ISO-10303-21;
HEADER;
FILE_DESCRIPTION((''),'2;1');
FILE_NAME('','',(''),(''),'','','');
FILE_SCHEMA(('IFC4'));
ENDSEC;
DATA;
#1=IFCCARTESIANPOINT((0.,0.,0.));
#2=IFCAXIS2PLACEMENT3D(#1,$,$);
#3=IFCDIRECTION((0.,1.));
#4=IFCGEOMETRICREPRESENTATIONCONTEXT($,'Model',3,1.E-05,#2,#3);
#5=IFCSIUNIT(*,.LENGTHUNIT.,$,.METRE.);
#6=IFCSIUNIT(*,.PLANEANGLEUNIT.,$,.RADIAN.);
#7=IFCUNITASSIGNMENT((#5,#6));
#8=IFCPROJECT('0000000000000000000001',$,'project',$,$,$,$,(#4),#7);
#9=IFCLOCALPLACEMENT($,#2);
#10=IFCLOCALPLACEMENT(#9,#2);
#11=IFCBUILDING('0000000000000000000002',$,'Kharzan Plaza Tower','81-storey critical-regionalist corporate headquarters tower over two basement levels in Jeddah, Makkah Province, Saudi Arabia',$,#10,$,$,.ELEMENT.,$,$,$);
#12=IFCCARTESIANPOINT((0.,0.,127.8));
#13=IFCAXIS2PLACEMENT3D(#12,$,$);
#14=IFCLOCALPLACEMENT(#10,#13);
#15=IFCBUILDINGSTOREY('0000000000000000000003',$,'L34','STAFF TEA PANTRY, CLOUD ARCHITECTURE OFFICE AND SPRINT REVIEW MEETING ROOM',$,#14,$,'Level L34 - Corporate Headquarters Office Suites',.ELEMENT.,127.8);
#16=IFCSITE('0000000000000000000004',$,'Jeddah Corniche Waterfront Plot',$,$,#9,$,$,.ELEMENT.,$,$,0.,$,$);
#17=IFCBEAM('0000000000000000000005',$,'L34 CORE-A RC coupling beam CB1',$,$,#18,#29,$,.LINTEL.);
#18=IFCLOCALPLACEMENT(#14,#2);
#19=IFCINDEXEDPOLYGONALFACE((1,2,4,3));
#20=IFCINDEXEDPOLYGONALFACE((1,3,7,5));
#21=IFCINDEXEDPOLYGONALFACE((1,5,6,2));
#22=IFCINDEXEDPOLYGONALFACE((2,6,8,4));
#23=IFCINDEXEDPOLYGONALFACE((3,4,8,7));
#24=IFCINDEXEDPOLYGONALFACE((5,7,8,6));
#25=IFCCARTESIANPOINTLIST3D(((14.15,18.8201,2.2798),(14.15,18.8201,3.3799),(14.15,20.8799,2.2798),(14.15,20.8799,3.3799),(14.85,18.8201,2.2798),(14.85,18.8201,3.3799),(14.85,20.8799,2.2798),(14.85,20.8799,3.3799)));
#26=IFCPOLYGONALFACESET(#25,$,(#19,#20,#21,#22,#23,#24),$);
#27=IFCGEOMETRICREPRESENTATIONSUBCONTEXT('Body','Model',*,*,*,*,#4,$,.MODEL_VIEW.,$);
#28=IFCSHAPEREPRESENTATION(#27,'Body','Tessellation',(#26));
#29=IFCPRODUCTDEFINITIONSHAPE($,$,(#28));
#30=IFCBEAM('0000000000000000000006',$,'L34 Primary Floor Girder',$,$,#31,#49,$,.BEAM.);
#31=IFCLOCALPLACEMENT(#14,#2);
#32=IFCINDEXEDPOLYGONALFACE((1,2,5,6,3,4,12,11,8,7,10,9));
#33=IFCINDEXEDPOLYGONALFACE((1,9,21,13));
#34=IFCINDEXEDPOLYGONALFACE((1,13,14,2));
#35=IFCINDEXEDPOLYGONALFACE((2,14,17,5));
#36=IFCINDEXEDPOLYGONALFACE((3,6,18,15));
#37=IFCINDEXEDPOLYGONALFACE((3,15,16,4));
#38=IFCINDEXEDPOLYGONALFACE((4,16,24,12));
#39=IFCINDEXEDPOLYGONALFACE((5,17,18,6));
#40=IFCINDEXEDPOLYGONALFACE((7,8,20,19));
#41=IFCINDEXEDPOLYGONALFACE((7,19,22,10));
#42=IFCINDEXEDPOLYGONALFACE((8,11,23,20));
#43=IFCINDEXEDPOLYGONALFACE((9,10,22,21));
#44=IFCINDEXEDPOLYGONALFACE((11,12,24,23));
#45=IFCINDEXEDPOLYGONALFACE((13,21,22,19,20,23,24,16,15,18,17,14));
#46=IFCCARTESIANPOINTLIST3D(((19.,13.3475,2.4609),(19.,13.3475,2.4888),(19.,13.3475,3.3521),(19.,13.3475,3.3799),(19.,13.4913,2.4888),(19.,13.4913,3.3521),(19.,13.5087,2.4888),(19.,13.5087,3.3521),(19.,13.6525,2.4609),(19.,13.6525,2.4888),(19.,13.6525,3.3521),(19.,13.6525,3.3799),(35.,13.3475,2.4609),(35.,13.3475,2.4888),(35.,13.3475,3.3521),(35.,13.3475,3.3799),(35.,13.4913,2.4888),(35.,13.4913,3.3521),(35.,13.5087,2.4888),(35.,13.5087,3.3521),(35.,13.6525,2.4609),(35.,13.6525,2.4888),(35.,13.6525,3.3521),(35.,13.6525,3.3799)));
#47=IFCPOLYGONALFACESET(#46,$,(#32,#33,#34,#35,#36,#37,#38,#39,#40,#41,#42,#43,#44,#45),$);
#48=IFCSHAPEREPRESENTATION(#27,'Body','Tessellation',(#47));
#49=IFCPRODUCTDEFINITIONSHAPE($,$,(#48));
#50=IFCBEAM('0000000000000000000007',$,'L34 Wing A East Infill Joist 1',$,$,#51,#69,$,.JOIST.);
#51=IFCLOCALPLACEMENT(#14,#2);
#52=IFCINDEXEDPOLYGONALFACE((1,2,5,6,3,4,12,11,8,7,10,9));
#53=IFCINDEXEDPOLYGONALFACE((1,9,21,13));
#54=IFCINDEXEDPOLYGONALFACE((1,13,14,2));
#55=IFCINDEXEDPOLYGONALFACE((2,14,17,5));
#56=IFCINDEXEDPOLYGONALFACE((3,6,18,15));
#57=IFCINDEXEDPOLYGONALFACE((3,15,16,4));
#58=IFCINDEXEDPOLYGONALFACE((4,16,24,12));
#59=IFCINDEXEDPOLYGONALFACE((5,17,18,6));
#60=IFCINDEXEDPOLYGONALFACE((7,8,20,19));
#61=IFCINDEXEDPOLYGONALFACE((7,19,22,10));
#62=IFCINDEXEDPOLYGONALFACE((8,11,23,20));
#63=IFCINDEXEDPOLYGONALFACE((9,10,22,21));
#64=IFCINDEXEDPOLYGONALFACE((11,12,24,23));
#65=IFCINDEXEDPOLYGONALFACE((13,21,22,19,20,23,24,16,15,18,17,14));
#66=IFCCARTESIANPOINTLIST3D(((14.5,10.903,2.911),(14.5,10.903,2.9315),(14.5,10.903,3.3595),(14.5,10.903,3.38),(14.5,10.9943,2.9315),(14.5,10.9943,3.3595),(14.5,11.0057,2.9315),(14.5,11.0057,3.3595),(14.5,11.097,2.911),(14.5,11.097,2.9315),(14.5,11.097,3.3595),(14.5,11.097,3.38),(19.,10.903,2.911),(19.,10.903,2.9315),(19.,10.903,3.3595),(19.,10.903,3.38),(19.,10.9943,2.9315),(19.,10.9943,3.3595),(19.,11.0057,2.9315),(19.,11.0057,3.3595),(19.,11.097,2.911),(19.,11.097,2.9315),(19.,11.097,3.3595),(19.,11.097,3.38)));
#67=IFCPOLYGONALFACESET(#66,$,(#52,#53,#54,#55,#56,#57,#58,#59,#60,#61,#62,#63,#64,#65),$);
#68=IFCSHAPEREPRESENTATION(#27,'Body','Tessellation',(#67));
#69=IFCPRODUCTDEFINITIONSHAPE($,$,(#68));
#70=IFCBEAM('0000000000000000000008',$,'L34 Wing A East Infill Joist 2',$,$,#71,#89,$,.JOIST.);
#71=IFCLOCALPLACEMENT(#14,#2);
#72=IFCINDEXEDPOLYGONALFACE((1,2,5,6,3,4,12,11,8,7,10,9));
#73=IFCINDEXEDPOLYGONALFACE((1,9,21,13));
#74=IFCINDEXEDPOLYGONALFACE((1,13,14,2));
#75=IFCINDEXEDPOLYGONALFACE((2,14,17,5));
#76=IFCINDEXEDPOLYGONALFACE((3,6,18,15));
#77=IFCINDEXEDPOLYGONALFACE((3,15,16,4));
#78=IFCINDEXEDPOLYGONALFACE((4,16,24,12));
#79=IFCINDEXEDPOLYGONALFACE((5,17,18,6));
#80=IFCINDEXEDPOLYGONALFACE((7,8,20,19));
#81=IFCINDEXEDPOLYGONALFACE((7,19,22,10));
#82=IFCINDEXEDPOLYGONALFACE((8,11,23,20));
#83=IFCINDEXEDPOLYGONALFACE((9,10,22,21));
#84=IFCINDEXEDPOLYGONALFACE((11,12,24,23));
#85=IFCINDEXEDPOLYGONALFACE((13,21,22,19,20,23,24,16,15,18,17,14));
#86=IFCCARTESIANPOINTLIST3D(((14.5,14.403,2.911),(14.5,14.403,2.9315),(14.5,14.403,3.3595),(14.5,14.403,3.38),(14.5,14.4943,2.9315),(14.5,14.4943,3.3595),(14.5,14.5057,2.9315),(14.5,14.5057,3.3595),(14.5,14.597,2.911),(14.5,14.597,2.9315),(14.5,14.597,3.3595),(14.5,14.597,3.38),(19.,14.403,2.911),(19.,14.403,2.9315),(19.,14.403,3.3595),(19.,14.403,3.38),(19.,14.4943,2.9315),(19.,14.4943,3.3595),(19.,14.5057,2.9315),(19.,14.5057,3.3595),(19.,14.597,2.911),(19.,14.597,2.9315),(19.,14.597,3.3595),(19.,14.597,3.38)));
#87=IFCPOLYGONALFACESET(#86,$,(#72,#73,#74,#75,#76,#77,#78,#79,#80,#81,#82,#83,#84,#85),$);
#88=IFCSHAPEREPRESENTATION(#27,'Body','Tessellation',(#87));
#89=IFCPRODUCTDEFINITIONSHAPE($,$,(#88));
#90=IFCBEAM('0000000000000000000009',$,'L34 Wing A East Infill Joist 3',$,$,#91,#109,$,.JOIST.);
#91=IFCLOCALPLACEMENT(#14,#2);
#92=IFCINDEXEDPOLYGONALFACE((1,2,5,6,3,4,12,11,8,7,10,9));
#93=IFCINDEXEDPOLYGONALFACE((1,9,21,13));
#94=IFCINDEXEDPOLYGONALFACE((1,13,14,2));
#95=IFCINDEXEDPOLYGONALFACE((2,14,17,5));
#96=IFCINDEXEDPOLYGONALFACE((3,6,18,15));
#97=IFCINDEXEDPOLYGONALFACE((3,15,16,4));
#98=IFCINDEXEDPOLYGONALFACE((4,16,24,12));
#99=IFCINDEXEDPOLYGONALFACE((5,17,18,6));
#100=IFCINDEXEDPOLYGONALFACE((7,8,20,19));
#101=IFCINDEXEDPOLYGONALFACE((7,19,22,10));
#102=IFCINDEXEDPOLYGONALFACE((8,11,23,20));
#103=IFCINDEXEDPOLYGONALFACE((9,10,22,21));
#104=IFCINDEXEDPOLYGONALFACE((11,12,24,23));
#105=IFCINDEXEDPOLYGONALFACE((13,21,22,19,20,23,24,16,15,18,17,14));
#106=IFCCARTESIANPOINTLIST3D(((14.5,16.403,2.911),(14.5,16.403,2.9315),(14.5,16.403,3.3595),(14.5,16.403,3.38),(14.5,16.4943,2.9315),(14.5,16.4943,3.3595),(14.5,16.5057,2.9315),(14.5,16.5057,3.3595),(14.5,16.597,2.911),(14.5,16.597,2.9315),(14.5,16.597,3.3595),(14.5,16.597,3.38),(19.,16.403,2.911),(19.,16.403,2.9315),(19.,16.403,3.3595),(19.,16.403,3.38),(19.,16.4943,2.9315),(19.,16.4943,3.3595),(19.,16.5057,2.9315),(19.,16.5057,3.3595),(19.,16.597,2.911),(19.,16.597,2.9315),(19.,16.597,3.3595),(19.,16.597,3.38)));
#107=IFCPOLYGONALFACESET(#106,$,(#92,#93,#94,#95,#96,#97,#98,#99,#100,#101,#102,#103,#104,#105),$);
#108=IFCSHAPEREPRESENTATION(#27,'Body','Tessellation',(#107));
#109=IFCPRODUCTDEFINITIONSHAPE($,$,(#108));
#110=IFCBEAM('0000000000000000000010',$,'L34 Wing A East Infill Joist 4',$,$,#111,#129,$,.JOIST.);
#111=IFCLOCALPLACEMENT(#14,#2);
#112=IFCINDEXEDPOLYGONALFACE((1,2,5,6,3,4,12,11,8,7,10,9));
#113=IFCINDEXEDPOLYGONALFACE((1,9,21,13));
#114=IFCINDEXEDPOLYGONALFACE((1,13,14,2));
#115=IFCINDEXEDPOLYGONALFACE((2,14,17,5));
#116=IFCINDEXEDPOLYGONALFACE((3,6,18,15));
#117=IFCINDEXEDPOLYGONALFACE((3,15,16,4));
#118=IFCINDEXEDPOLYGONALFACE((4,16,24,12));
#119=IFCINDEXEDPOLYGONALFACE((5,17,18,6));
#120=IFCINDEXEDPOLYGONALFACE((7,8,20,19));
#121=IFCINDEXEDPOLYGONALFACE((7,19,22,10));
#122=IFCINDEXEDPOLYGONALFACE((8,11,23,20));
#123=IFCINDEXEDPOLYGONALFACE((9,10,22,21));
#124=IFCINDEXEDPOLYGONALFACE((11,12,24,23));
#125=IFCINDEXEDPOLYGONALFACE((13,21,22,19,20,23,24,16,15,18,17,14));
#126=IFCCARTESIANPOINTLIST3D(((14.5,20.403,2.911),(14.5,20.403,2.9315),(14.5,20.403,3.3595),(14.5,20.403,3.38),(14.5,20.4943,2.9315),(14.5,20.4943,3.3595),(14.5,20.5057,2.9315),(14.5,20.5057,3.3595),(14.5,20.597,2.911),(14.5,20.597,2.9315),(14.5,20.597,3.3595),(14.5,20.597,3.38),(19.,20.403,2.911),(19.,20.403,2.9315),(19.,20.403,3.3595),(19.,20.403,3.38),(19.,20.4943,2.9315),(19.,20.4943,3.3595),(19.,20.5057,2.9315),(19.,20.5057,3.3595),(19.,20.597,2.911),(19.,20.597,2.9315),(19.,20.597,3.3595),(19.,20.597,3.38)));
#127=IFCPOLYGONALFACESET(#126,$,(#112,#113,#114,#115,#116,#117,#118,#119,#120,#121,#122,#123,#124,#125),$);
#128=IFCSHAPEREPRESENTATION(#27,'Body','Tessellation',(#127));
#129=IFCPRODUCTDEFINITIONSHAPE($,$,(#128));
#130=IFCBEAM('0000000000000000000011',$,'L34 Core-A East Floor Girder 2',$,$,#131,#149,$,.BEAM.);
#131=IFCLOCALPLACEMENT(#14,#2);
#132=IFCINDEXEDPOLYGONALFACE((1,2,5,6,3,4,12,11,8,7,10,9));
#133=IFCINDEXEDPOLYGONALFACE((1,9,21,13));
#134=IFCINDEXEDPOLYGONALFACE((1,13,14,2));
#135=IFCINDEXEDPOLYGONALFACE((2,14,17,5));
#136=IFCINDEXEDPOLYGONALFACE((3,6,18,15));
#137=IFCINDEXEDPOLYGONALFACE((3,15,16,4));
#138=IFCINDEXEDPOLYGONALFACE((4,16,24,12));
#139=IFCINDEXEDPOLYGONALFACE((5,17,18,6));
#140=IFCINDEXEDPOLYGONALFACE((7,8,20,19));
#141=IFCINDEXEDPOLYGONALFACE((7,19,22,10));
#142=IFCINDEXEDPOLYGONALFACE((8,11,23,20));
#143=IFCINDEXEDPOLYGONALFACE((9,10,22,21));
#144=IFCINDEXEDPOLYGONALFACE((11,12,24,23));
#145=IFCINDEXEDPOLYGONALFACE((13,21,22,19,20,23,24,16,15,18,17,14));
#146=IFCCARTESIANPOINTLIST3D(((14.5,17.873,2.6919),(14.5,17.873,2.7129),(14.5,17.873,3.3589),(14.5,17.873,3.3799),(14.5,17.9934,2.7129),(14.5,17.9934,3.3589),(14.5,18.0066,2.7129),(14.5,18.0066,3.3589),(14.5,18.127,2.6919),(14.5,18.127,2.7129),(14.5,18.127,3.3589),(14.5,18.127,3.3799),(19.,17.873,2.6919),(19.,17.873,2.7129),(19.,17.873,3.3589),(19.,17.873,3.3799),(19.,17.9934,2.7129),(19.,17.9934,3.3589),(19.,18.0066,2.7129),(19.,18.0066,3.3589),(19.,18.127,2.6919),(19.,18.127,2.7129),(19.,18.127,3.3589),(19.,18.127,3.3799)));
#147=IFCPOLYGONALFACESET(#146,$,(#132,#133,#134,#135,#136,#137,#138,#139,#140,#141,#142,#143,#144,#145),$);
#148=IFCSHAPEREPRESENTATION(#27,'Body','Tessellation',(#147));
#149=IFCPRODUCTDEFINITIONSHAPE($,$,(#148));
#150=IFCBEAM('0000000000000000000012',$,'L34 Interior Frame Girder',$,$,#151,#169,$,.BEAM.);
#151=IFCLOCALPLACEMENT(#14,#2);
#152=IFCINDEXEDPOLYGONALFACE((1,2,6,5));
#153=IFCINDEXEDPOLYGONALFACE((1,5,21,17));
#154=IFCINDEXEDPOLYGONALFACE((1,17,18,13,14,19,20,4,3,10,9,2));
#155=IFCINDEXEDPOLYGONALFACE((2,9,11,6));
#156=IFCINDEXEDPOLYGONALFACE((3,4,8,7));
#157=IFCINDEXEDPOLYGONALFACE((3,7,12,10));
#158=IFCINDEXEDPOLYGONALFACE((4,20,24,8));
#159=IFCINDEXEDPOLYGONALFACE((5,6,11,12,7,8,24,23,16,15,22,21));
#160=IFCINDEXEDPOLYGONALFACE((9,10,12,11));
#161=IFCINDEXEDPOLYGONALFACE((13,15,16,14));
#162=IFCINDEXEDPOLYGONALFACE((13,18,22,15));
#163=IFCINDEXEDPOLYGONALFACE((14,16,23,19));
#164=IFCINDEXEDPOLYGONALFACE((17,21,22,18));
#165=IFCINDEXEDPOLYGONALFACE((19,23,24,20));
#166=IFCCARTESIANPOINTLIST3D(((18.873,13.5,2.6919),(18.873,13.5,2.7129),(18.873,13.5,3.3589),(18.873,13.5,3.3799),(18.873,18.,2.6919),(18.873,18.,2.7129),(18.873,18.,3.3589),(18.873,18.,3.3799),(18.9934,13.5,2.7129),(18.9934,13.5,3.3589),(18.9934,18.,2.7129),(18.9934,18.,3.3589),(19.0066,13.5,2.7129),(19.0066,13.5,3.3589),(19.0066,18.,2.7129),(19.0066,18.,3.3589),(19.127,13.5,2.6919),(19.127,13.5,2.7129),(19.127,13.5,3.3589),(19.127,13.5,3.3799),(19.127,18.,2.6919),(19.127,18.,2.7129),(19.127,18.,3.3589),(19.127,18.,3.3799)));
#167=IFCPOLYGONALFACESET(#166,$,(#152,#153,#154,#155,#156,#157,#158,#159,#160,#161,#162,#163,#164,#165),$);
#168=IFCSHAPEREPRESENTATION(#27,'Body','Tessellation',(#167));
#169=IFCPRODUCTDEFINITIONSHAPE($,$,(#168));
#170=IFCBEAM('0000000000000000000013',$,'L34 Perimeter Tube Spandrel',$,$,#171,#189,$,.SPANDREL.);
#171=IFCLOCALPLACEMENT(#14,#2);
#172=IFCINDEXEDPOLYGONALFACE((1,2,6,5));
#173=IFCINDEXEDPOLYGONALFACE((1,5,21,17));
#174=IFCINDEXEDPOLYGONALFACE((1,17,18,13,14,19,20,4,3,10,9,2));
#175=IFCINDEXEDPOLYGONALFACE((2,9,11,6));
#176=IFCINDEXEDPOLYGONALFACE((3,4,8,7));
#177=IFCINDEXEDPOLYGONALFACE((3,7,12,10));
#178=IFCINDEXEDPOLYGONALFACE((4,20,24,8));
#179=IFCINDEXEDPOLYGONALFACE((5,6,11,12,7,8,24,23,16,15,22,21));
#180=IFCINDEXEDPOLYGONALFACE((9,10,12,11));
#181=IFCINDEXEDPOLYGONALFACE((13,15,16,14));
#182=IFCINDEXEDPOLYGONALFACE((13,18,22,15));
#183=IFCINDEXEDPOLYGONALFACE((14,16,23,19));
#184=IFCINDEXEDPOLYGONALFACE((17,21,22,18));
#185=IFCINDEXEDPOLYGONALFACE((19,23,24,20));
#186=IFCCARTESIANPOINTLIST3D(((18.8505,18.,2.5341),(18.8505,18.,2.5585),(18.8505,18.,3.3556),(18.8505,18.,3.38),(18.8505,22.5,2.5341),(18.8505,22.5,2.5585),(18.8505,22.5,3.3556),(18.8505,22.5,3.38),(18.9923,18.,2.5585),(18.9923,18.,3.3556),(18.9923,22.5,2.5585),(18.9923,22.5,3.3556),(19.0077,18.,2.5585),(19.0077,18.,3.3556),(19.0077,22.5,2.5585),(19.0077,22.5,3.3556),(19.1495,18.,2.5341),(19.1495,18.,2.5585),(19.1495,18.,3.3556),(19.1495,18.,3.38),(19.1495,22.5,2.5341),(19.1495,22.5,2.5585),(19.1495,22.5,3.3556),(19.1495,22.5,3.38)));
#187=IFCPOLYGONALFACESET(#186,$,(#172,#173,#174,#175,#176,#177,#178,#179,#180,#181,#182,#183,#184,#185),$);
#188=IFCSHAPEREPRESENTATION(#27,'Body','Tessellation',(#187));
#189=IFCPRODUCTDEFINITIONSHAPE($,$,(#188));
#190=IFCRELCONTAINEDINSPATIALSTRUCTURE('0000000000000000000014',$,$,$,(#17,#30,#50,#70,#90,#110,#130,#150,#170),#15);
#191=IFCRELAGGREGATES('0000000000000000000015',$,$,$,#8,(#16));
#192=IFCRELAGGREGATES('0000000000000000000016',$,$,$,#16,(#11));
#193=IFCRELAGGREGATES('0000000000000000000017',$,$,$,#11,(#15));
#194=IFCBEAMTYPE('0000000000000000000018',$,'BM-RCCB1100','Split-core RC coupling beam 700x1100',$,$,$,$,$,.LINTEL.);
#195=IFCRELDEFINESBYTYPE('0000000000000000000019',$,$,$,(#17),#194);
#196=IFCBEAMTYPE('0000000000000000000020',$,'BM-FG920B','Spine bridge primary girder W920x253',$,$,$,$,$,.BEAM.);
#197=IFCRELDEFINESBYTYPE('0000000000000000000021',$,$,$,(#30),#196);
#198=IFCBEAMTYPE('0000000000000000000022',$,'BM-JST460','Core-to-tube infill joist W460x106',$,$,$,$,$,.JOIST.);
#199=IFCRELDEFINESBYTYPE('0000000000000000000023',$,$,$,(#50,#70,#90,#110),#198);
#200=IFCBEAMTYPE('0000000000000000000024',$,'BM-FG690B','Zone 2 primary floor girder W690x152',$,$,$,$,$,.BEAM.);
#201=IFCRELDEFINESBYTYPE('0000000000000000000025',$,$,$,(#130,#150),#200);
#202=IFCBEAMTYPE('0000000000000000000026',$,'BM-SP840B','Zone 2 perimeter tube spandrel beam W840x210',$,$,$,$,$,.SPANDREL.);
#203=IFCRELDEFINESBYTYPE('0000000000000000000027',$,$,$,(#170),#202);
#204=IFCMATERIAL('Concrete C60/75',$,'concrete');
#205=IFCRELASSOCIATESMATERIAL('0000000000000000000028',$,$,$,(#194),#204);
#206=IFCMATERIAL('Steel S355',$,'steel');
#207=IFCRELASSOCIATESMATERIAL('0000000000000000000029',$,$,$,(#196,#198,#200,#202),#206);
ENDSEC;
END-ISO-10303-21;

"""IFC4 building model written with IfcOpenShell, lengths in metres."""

from ifc_helpers import new_model, si_unit, direction, frame, origin, origin_2d, place, context, subcontext, project, spatial, rectangle, i_section, extrude, source, transform, mapped, material, material_profile, profile_set, type_object, element, save


model = new_model("IFC4")

# Units and contexts
model_context = context("Model", 3, precision=1e-05, world=origin(), true_north=direction((0.0, 1.0)))
body_context = subcontext(model_context, "Body", "Model", "MODEL_VIEW")
ifc_project = project(units=[si_unit("LENGTHUNIT", "METRE"), si_unit("PLANEANGLEUNIT", "RADIAN")], contexts=[model_context])

# Site, building, storey
site_placement = place(None, origin())
site = spatial("IfcSite", under=ifc_project, at=site_placement, Name="Jeddah Corniche Waterfront Plot", CompositionType="ELEMENT", RefElevation=0.0)
building_placement = place(site_placement, origin())
building = spatial("IfcBuilding", under=site, at=building_placement, Name="Kharzan Plaza Tower", Description="81-storey critical-regionalist corporate headquarters tower over two basement levels in Jeddah, Makkah Province, Saudi Arabia", CompositionType="ELEMENT")
storey_placement = place(building_placement, frame((0.0, 0.0, 127.8)))
storey = spatial("IfcBuildingStorey", under=building, at=storey_placement, Name="L34", Description="STAFF TEA PANTRY, CLOUD ARCHITECTURE OFFICE AND SPRINT REVIEW MEETING ROOM", LongName="Level L34 - Corporate Headquarters Office Suites", CompositionType="ELEMENT", Elevation=127.8)

# Beams
ifc_material_1 = material(Name="Concrete C60/75", Category="concrete")
ifc_material_profile_1 = material_profile(ifc_material_1, rectangle(XDim=0.7, YDim=1.1001, at=origin_2d()), Name="RC-CB1100x700")
ifc_profile_set_1 = profile_set([ifc_material_profile_1], Name="Concrete C60/75")
beam_type_1 = type_object("IfcBeamType", Name="BM-RCCB1100", Description="Split-core RC coupling beam 700x1100", PredefinedType="LINTEL", material=ifc_profile_set_1)
shared_shape_1 = source(origin(), body_context, "Body", "SweptSolid", [
    extrude(rectangle(XDim=0.7, YDim=1.1001, at=origin_2d()), origin(), (0.0, 0.0, 1.0), 2.0598),
])
beam_1_placement = place(storey_placement, frame((14.5, 18.8201, 2.8298), z_axis=(0.0, 1.0, 0.0), x_axis=(-1.0, 0.0, 0.0)))
element("IfcBeam", 1, at=beam_1_placement, inside=storey, type_object=beam_type_1, Name="L34 CORE-A RC coupling beam CB1", PredefinedType="LINTEL", context=body_context, shape_type="MappedRepresentation", body=[
    mapped(shared_shape_1, transform((0.0, 0.0, 0.0), x_axis=(1.0, 0.0, 0.0), y_axis=(0.0, 1.0, 0.0), z_axis=(0.0, 0.0, 1.0))),
])
ifc_material_2 = material(Name="Steel S355", Category="steel")
ifc_material_profile_2 = material_profile(ifc_material_2, i_section(OverallWidth=0.3049, OverallDepth=0.9189, WebThickness=0.0173, FlangeThickness=0.0278, at=origin_2d()), Name="W920x253")
ifc_profile_set_2 = profile_set([ifc_material_profile_2], Name="Steel S355")
beam_type_2 = type_object("IfcBeamType", Name="BM-FG920B", Description="Spine bridge primary girder W920x253", PredefinedType="BEAM", material=ifc_profile_set_2)
shared_shape_2 = source(origin(), body_context, "Body", "SweptSolid", [
    extrude(i_section(OverallWidth=0.3049, OverallDepth=0.9189, WebThickness=0.0173, FlangeThickness=0.0278, at=origin_2d()), origin(), (0.0, 0.0, 1.0), 16.0),
])
beam_2_placement = place(storey_placement, frame((19.0, 13.5, 2.9204), z_axis=(1.0, 0.0, 0.0), x_axis=(0.0, 1.0, 0.0)))
element("IfcBeam", 2, at=beam_2_placement, inside=storey, type_object=beam_type_2, Name="L34 Primary Floor Girder", PredefinedType="BEAM", context=body_context, shape_type="MappedRepresentation", body=[
    mapped(shared_shape_2, transform((0.0, 0.0, 0.0), x_axis=(1.0, 0.0, 0.0), y_axis=(0.0, 1.0, 0.0), z_axis=(0.0, 0.0, 1.0))),
])
ifc_material_profile_3 = material_profile(ifc_material_2, i_section(OverallWidth=0.1941, OverallDepth=0.469, WebThickness=0.0115, FlangeThickness=0.0205, at=origin_2d()), Name="W460x106")
ifc_profile_set_3 = profile_set([ifc_material_profile_3], Name="Steel S355")
beam_type_3 = type_object("IfcBeamType", Name="BM-JST460", Description="Core-to-tube infill joist W460x106", PredefinedType="JOIST", material=ifc_profile_set_3)
shared_shape_3 = source(origin(), body_context, "Body", "SweptSolid", [
    extrude(i_section(OverallWidth=0.1941, OverallDepth=0.469, WebThickness=0.0115, FlangeThickness=0.0205, at=origin_2d()), origin(), (0.0, 0.0, 1.0), 4.5),
])
for number, where, z_axis, x_axis, name in (
    (3, (14.5, 11.0, 3.1455), (1.0, 0.0, 0.0), (0.0, 1.0, 0.0), "L34 Wing A East Infill Joist 1"),
    (4, (14.5, 14.5, 3.1455), (1.0, 0.0, 0.0), (0.0, 1.0, 0.0), "L34 Wing A East Infill Joist 2"),
    (5, (14.5, 16.5, 3.1455), (1.0, 0.0, 0.0), (0.0, 1.0, 0.0), "L34 Wing A East Infill Joist 3"),
    (6, (14.5, 20.5, 3.1455), (1.0, 0.0, 0.0), (0.0, 1.0, 0.0), "L34 Wing A East Infill Joist 4"),
):
    element("IfcBeam", number, at=place(storey_placement, frame(where, z_axis=z_axis, x_axis=x_axis)), inside=storey, type_object=beam_type_3, Name=name, PredefinedType="JOIST", context=body_context, shape_type="MappedRepresentation", body=[
        mapped(shared_shape_3, transform((0.0, 0.0, 0.0), x_axis=(1.0, 0.0, 0.0), y_axis=(0.0, 1.0, 0.0), z_axis=(0.0, 0.0, 1.0))),
    ])
ifc_material_profile_4 = material_profile(ifc_material_2, i_section(OverallWidth=0.2539, OverallDepth=0.688, WebThickness=0.0132, FlangeThickness=0.021, at=origin_2d()), Name="W690x152")
ifc_profile_set_4 = profile_set([ifc_material_profile_4], Name="Steel S355")
beam_type_4 = type_object("IfcBeamType", Name="BM-FG690B", Description="Zone 2 primary floor girder W690x152", PredefinedType="BEAM", material=ifc_profile_set_4)
shared_shape_4 = source(origin(), body_context, "Body", "SweptSolid", [
    extrude(i_section(OverallWidth=0.2539, OverallDepth=0.688, WebThickness=0.0132, FlangeThickness=0.021, at=origin_2d()), origin(), (0.0, 0.0, 1.0), 4.5),
])
for number, where, z_axis, x_axis, name in (
    (7, (14.5, 18.0, 3.0359), (1.0, 0.0, 0.0), (0.0, 1.0, 0.0), "L34 Core-A East Floor Girder 2"),
    (8, (19.0, 13.5, 3.0359), (0.0, 1.0, 0.0), (-1.0, 0.0, 0.0), "L34 Interior Frame Girder"),
):
    element("IfcBeam", number, at=place(storey_placement, frame(where, z_axis=z_axis, x_axis=x_axis)), inside=storey, type_object=beam_type_4, Name=name, PredefinedType="BEAM", context=body_context, shape_type="MappedRepresentation", body=[
        mapped(shared_shape_4, transform((0.0, 0.0, 0.0), x_axis=(1.0, 0.0, 0.0), y_axis=(0.0, 1.0, 0.0), z_axis=(0.0, 0.0, 1.0))),
    ])
ifc_material_profile_5 = material_profile(ifc_material_2, i_section(OverallWidth=0.2991, OverallDepth=0.8459, WebThickness=0.0154, FlangeThickness=0.0244, at=origin_2d()), Name="W840x210")
ifc_profile_set_5 = profile_set([ifc_material_profile_5], Name="Steel S355")
beam_type_5 = type_object("IfcBeamType", Name="BM-SP840B", Description="Zone 2 perimeter tube spandrel beam W840x210", PredefinedType="SPANDREL", material=ifc_profile_set_5)
shared_shape_5 = source(origin(), body_context, "Body", "SweptSolid", [
    extrude(i_section(OverallWidth=0.2991, OverallDepth=0.8459, WebThickness=0.0154, FlangeThickness=0.0244, at=origin_2d()), origin(), (0.0, 0.0, 1.0), 4.5),
])
beam_3_placement = place(storey_placement, frame((19.0, 18.0, 2.957), z_axis=(0.0, 1.0, 0.0), x_axis=(-1.0, 0.0, 0.0)))
element("IfcBeam", 9, at=beam_3_placement, inside=storey, type_object=beam_type_5, Name="L34 Perimeter Tube Spandrel", PredefinedType="SPANDREL", context=body_context, shape_type="MappedRepresentation", body=[
    mapped(shared_shape_5, transform((0.0, 0.0, 0.0), x_axis=(1.0, 0.0, 0.0), y_axis=(0.0, 1.0, 0.0), z_axis=(0.0, 0.0, 1.0))),
])

save(model, "model.ifc")
